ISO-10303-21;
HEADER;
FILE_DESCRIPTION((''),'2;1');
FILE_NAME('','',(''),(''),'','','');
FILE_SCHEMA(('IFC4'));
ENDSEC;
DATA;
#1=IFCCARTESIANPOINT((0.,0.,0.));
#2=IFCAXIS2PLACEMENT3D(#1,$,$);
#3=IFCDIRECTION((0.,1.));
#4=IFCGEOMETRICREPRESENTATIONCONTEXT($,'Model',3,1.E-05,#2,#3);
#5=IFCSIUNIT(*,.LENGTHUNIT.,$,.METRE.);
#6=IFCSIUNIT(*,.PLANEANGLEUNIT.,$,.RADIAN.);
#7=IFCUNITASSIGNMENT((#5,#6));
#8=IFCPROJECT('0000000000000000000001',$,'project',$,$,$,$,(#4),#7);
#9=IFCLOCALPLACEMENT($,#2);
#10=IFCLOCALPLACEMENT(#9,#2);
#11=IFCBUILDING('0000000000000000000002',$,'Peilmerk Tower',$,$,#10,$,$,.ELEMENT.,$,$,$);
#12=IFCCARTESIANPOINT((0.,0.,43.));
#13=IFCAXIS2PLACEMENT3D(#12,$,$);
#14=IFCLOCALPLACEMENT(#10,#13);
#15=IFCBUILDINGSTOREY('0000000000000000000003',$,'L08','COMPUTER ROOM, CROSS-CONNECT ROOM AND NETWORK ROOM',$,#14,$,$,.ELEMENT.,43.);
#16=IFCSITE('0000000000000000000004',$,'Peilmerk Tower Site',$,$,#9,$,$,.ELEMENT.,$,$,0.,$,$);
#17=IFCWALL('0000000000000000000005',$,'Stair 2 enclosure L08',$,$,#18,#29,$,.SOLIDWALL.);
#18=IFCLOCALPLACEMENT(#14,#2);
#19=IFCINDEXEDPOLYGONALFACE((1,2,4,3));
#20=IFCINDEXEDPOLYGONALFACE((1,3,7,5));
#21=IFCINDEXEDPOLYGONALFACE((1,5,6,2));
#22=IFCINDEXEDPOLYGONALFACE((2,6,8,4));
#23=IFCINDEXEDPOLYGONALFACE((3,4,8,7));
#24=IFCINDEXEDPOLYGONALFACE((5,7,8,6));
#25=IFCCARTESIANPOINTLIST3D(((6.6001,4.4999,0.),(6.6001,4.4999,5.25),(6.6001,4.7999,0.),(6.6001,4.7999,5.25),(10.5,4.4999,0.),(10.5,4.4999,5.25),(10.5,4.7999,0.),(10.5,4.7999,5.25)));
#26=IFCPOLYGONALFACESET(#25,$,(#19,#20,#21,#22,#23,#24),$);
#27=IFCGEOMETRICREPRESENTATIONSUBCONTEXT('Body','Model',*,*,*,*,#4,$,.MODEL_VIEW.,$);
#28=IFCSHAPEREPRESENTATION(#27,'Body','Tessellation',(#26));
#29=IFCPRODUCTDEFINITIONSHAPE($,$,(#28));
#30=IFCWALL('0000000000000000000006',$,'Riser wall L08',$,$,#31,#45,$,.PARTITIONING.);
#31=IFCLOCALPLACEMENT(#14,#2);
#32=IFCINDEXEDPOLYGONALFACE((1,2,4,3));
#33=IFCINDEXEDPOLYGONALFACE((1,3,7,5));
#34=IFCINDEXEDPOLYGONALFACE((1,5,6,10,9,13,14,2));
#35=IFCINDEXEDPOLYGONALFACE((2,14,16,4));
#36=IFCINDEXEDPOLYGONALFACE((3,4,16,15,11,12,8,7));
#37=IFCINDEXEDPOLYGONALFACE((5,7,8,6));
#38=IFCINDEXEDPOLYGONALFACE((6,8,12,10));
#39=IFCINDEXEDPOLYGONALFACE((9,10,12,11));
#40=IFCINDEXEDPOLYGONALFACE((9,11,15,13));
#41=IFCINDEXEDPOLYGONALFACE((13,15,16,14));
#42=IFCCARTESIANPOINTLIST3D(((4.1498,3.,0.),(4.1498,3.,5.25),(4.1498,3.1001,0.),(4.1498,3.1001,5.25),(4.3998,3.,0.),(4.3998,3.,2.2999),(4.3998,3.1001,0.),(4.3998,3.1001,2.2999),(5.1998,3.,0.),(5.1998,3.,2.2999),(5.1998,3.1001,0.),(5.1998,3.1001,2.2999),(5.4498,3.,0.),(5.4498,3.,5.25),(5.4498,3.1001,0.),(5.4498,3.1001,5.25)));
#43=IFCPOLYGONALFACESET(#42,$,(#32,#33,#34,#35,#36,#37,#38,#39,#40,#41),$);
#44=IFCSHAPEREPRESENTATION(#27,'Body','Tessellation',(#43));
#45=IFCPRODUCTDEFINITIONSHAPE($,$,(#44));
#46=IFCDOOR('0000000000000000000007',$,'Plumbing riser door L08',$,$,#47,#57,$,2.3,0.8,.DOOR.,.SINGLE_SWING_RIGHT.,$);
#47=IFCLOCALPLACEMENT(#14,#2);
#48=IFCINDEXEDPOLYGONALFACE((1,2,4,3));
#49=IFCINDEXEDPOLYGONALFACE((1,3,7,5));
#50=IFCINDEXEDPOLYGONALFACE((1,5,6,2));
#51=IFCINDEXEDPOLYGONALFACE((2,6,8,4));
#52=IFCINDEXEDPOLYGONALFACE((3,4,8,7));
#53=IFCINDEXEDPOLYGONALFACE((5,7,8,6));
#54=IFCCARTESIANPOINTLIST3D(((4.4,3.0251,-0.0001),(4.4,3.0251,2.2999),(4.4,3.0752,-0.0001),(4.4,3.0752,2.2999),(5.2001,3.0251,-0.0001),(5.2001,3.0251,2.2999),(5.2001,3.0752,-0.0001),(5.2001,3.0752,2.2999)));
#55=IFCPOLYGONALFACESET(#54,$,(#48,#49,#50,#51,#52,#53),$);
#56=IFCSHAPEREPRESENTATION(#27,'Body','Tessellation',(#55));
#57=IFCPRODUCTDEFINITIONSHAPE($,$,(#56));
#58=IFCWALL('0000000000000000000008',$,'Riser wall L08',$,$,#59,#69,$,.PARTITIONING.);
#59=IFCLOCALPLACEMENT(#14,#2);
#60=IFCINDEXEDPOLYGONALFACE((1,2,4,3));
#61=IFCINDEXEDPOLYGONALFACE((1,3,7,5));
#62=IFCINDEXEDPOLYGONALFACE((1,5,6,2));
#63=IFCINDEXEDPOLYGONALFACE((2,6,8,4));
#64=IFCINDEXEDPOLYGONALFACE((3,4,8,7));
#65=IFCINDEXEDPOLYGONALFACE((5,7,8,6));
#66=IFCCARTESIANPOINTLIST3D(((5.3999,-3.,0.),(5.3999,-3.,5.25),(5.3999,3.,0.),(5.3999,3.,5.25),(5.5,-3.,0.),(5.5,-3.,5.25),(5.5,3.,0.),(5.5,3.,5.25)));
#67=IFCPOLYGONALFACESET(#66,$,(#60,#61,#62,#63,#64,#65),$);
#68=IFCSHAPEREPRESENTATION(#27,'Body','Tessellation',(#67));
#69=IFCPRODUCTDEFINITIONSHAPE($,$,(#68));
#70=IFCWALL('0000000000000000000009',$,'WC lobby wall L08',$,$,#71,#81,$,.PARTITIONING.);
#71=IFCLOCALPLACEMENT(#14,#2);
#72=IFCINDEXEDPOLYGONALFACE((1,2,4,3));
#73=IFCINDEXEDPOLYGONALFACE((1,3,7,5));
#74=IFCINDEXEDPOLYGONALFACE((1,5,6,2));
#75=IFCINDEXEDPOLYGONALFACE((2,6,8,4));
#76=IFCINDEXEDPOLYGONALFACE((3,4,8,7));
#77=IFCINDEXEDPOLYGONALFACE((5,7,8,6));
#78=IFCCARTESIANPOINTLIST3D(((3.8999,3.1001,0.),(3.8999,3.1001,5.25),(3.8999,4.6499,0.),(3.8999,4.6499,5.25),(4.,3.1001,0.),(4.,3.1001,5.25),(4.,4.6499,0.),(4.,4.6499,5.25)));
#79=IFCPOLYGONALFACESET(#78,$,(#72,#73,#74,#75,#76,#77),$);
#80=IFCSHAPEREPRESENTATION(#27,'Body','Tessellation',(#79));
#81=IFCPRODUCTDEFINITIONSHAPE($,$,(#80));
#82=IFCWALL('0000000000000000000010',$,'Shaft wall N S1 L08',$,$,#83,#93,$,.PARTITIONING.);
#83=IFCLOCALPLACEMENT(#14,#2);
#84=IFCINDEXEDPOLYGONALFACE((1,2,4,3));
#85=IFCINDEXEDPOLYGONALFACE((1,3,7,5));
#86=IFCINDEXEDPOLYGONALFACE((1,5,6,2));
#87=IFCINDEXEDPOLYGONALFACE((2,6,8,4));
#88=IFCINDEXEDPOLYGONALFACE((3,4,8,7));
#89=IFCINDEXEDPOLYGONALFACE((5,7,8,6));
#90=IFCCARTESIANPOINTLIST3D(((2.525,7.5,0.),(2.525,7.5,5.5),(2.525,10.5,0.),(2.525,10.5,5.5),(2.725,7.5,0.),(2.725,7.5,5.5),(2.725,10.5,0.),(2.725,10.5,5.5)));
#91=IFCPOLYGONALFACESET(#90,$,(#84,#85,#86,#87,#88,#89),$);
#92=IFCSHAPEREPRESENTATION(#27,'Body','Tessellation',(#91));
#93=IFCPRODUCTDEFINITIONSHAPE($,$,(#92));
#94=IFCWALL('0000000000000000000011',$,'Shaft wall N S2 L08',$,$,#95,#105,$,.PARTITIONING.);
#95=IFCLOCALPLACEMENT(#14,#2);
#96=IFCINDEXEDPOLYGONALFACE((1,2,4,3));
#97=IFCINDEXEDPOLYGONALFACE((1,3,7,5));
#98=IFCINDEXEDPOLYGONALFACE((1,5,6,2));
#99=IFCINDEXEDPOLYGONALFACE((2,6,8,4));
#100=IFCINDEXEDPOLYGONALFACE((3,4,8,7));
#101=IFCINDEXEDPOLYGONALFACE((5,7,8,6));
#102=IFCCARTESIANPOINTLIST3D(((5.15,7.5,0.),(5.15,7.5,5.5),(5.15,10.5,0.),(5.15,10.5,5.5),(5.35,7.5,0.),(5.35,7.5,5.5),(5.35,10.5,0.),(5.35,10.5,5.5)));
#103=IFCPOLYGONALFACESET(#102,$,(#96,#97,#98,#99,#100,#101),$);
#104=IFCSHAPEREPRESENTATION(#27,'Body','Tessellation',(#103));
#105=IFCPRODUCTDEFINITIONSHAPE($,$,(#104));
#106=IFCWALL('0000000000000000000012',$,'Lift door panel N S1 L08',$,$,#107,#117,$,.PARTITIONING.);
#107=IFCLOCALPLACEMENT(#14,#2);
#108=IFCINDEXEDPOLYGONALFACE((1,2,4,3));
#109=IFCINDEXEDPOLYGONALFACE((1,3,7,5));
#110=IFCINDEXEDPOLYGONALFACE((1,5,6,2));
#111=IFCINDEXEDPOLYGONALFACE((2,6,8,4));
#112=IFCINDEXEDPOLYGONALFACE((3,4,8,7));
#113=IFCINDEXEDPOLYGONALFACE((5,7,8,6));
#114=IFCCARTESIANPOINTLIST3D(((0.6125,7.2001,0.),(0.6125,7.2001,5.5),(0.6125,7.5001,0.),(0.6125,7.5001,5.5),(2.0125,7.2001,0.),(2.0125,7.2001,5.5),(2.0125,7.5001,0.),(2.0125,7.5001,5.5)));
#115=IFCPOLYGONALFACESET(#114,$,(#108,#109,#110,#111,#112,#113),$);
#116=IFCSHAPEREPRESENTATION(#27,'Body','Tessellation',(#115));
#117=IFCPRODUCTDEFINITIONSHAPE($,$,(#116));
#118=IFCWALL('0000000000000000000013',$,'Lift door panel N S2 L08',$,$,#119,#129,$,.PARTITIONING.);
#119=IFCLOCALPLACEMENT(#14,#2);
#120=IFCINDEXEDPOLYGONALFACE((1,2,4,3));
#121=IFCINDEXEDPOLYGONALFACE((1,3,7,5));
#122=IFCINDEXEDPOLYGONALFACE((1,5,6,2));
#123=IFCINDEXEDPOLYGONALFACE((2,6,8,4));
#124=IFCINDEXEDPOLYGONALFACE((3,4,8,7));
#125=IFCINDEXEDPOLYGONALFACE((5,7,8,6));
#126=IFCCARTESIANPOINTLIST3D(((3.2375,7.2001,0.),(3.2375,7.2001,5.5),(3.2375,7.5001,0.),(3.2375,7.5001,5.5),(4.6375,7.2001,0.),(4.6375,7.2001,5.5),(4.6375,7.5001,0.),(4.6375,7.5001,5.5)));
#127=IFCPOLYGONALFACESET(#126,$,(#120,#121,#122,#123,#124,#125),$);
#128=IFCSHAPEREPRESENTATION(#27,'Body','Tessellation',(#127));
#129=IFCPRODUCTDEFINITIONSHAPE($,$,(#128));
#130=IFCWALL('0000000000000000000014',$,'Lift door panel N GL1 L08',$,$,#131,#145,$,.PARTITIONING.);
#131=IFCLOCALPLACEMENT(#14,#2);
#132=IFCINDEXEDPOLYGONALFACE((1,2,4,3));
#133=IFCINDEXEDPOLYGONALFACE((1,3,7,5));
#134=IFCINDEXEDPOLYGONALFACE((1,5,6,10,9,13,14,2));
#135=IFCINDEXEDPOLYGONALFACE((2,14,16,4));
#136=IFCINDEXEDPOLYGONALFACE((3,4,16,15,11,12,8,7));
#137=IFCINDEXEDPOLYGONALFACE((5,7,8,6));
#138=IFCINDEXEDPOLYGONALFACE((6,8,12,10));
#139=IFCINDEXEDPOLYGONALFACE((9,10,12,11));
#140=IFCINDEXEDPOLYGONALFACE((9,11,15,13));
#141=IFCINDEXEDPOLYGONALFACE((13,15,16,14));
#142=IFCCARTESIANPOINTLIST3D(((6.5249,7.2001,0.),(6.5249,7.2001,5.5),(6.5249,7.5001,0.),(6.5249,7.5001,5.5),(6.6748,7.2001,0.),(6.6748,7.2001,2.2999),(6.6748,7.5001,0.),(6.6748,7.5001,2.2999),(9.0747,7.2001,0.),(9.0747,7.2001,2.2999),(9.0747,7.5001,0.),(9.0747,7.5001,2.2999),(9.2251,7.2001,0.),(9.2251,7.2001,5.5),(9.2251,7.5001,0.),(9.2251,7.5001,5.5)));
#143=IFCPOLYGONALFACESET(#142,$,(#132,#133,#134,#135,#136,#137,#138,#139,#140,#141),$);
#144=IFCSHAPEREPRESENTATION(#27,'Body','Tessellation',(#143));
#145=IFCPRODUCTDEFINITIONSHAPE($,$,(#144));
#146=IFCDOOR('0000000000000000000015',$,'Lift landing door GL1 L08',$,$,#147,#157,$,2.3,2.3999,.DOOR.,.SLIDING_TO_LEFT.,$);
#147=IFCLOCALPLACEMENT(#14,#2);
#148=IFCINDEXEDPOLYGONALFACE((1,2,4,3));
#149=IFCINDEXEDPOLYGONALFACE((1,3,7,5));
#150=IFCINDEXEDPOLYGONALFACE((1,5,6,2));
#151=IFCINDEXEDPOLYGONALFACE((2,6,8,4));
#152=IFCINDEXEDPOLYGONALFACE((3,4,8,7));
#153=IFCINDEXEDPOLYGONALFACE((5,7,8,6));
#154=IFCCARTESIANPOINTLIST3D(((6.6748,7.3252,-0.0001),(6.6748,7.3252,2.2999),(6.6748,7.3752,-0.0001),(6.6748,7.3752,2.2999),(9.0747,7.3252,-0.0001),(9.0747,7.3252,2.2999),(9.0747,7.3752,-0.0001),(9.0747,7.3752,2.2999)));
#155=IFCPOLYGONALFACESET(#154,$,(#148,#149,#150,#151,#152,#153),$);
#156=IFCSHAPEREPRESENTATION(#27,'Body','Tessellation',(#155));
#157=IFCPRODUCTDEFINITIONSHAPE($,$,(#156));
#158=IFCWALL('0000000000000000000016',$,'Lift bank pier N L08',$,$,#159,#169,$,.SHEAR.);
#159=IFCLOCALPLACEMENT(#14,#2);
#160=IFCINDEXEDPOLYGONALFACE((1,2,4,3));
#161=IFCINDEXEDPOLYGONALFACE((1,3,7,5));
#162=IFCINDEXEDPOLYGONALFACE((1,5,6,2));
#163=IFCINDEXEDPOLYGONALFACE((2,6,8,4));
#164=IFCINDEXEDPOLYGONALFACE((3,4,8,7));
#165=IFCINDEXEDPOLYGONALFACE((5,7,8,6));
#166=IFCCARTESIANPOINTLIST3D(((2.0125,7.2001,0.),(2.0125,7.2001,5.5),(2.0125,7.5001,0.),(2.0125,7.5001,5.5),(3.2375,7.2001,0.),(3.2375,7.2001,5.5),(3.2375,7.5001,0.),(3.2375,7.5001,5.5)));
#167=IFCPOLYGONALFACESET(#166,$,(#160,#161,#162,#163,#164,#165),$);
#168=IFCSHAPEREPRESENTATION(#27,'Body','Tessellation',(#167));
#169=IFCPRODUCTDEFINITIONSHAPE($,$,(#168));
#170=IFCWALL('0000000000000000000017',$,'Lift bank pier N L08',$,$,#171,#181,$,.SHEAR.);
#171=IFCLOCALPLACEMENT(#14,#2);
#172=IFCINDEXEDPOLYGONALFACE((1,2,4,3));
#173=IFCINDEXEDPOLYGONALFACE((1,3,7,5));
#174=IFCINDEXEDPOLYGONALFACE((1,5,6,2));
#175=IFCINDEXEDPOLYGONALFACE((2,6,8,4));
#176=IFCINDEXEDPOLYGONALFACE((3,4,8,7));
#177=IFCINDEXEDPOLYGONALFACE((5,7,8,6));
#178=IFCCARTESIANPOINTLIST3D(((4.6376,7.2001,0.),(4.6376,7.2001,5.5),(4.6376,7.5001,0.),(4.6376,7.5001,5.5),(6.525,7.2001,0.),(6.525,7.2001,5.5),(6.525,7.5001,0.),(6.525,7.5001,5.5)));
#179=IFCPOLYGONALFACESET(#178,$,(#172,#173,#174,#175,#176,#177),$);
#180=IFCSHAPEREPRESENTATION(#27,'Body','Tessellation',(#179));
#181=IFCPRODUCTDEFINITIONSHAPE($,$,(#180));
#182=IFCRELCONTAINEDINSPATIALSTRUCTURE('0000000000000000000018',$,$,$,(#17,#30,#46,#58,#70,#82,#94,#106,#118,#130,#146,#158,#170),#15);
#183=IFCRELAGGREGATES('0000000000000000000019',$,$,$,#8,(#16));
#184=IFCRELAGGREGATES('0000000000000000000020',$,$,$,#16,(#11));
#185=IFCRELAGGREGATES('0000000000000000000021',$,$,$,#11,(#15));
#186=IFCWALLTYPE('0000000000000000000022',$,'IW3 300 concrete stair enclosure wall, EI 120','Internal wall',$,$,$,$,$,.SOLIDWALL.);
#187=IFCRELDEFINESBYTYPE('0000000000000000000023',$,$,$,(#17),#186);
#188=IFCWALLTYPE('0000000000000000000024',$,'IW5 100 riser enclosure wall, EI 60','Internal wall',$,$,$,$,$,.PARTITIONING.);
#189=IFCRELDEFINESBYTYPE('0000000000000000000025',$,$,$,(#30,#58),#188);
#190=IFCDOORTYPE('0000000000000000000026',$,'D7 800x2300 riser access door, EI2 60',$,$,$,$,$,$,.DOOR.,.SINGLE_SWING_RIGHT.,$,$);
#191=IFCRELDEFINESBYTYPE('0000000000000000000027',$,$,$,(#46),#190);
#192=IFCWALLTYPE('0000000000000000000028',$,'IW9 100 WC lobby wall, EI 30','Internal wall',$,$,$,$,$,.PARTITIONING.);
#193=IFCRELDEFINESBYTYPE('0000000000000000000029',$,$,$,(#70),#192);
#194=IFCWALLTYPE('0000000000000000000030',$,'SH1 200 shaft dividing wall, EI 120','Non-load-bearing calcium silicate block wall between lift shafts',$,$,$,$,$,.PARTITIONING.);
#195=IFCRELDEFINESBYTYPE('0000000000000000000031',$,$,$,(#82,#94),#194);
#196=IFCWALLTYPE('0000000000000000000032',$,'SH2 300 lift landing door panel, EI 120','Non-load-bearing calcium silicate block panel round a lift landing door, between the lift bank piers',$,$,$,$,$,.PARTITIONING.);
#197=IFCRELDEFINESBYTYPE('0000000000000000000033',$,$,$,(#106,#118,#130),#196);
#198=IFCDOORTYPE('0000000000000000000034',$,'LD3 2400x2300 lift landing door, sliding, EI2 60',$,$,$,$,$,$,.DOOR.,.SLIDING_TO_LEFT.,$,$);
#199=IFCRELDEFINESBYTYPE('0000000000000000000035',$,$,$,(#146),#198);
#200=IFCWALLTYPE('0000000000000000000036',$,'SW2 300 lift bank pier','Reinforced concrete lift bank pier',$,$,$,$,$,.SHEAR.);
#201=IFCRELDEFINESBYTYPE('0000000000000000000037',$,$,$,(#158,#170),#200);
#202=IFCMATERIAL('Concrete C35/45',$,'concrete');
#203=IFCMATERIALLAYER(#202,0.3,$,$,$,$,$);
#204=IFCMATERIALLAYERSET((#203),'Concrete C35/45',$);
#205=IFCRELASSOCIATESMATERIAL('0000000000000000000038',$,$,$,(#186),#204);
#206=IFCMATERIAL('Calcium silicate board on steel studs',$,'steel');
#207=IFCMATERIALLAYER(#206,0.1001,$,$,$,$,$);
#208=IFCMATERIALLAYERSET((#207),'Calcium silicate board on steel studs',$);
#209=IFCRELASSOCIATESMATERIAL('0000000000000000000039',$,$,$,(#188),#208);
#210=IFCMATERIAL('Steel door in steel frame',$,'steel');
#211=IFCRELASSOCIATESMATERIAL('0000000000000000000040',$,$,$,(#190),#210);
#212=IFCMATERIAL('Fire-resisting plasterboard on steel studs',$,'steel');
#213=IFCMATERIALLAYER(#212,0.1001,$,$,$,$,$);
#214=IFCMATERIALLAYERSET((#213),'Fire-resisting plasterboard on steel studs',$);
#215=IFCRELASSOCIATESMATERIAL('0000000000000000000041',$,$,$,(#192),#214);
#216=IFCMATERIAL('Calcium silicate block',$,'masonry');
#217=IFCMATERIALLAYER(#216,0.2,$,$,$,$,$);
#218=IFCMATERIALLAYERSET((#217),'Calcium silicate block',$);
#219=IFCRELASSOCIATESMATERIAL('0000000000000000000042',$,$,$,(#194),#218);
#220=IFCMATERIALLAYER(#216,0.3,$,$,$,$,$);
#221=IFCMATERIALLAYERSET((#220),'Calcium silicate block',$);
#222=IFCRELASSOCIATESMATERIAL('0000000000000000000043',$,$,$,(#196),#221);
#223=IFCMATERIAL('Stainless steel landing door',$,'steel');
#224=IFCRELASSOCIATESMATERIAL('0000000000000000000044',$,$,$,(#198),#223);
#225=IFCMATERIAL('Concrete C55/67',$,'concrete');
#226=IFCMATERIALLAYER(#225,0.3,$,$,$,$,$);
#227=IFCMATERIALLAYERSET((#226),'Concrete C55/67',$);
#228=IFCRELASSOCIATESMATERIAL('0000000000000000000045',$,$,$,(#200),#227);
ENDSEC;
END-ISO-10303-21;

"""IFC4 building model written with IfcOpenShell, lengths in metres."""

from ifc_helpers import new_model, si_unit, direction, frame, frame_2d, origin, place, context, subcontext, project, spatial, rectangle, extrude, material, layer, layer_set, type_object, element, fill, save


model = new_model("IFC4")

# Units and contexts
model_context = context("Model", 3, precision=1e-05, world=origin(), true_north=direction((0.0, 1.0)))
body_context = subcontext(model_context, "Body", "Model", "MODEL_VIEW")
ifc_project = project(units=[si_unit("LENGTHUNIT", "METRE"), si_unit("PLANEANGLEUNIT", "RADIAN")], contexts=[model_context])

# Site, building, storey
site_placement = place(None, origin())
site = spatial("IfcSite", under=ifc_project, at=site_placement, Name="Peilmerk Tower Site", CompositionType="ELEMENT", RefElevation=0.0)
building_placement = place(site_placement, origin())
building = spatial("IfcBuilding", under=site, at=building_placement, Name="Peilmerk Tower", CompositionType="ELEMENT")
storey_placement = place(building_placement, frame((0.0, 0.0, 43.0)))
storey = spatial("IfcBuildingStorey", under=building, at=storey_placement, Name="L08", Description="COMPUTER ROOM, CROSS-CONNECT ROOM AND NETWORK ROOM", CompositionType="ELEMENT", Elevation=43.0)

# Wall
ifc_material_1 = material(Name="Concrete C35/45", Category="concrete")
ifc_layer_1 = layer(ifc_material_1, 0.3)
ifc_layer_set_1 = layer_set([ifc_layer_1], Name="Concrete C35/45")
wall_type_1 = type_object("IfcWallType", Name="IW3 300 concrete stair enclosure wall, EI 120", Description="Internal wall", PredefinedType="SOLIDWALL", material=ifc_layer_set_1)
wall_1_placement = place(storey_placement, frame((6.6001, 4.6499, 0.0), z_axis=(0.0, 0.0, 1.0), x_axis=(1.0, 0.0, 0.0)))
element("IfcWall", 1, at=wall_1_placement, inside=storey, type_object=wall_type_1, Name="Stair 2 enclosure L08", PredefinedType="SOLIDWALL", context=body_context, shape_type="SweptSolid", body=[
    extrude(rectangle(XDim=3.8999, YDim=0.3, at=frame_2d((1.95, 0.0))), origin(), (0.0, 0.0, 1.0), 5.25),
])

# Wall, opening, door
ifc_material_2 = material(Name="Calcium silicate board on steel studs", Category="steel")
ifc_layer_2 = layer(ifc_material_2, 0.1001)
ifc_layer_set_2 = layer_set([ifc_layer_2], Name="Calcium silicate board on steel studs")
wall_type_2 = type_object("IfcWallType", Name="IW5 100 riser enclosure wall, EI 60", Description="Internal wall", PredefinedType="PARTITIONING", material=ifc_layer_set_2)
wall_2_placement = place(storey_placement, frame((4.1499, 3.05, 0.0), z_axis=(0.0, 0.0, 1.0), x_axis=(1.0, 0.0, 0.0)))
wall_2 = element("IfcWall", 2, at=wall_2_placement, inside=storey, type_object=wall_type_2, Name="Riser wall L08", PredefinedType="PARTITIONING", context=body_context, shape_type="SweptSolid", body=[
    extrude(rectangle(XDim=1.3, YDim=0.1001, at=frame_2d((0.6499, 0.0))), origin(), (0.0, 0.0, 1.0), 5.25),
])
opening_1_placement = place(wall_2_placement, frame((0.25, 0.0, 0.0)))
opening_1 = element("IfcOpeningElement", 3, at=opening_1_placement, cuts=wall_2, PredefinedType="OPENING", context=body_context, shape_type="SweptSolid", body=[
    extrude(rectangle(XDim=0.8, YDim=2.3, at=frame_2d((0.3999, 1.1499))), frame((0.0, 0.0601, 0.0), z_axis=(0.0, -1.0, 0.0), x_axis=(1.0, 0.0, 0.0)), (0.0, 0.0, 1.0), 0.1201),
])
ifc_material_3 = material(Name="Steel door in steel frame", Category="steel")
door_type_1 = type_object("IfcDoorType", Name="D7 800x2300 riser access door, EI2 60", OperationType="SINGLE_SWING_RIGHT", PredefinedType="DOOR", material=ifc_material_3)
door_1_placement = place(opening_1_placement, frame((0.8, 0.0, 0.0), z_axis=(0.0, 0.0, 1.0), x_axis=(-1.0, 0.0, 0.0)))
door_1 = element("IfcDoor", 4, at=door_1_placement, inside=storey, type_object=door_type_1, Name="Plumbing riser door L08", OperationType="SINGLE_SWING_RIGHT", OverallHeight=2.3, OverallWidth=0.8, PredefinedType="DOOR", context=body_context, shape_type="SweptSolid", body=[
    extrude(rectangle(XDim=0.8, YDim=2.3, at=frame_2d((0.3999, 1.1499))), frame((0.0, 0.0249, 0.0), z_axis=(0.0, -1.0, 0.0), x_axis=(1.0, 0.0, 0.0)), (0.0, 0.0, 1.0), 0.05),
])
fill(opening_1, door_1)

# Walls
wall_3_placement = place(storey_placement, frame((5.45, 3.0, 0.0), z_axis=(0.0, 0.0, 1.0), x_axis=(0.0, -1.0, 0.0)))
element("IfcWall", 5, at=wall_3_placement, inside=storey, type_object=wall_type_2, Name="Riser wall L08", PredefinedType="PARTITIONING", context=body_context, shape_type="SweptSolid", body=[
    extrude(rectangle(XDim=6.0, YDim=0.1001, at=frame_2d((3.0, 0.0))), origin(), (0.0, 0.0, 1.0), 5.25),
])
ifc_material_4 = material(Name="Fire-resisting plasterboard on steel studs", Category="steel")
ifc_layer_3 = layer(ifc_material_4, 0.1001)
ifc_layer_set_3 = layer_set([ifc_layer_3], Name="Fire-resisting plasterboard on steel studs")
wall_type_3 = type_object("IfcWallType", Name="IW9 100 WC lobby wall, EI 30", Description="Internal wall", PredefinedType="PARTITIONING", material=ifc_layer_set_3)
wall_4_placement = place(storey_placement, frame((3.95, 3.1001, 0.0), z_axis=(0.0, 0.0, 1.0), x_axis=(0.0, 1.0, 0.0)))
element("IfcWall", 6, at=wall_4_placement, inside=storey, type_object=wall_type_3, Name="WC lobby wall L08", PredefinedType="PARTITIONING", context=body_context, shape_type="SweptSolid", body=[
    extrude(rectangle(XDim=1.5498, YDim=0.1001, at=frame_2d((0.7749, 0.0))), origin(), (0.0, 0.0, 1.0), 5.25),
])
ifc_material_5 = material(Name="Calcium silicate block", Category="masonry")
ifc_layer_4 = layer(ifc_material_5, 0.2)
ifc_layer_set_4 = layer_set([ifc_layer_4], Name="Calcium silicate block")
wall_type_4 = type_object("IfcWallType", Name="SH1 200 shaft dividing wall, EI 120", Description="Non-load-bearing calcium silicate block wall between lift shafts", PredefinedType="PARTITIONING", material=ifc_layer_set_4)
for number, where, z_axis, x_axis, name in (
    (7, (2.625, 7.5, 0.0), (0.0, 0.0, 1.0), (0.0, 1.0, 0.0), "Shaft wall N S1 L08"),
    (8, (5.25, 7.5, 0.0), (0.0, 0.0, 1.0), (0.0, 1.0, 0.0), "Shaft wall N S2 L08"),
):
    element("IfcWall", number, at=place(storey_placement, frame(where, z_axis=z_axis, x_axis=x_axis)), inside=storey, type_object=wall_type_4, Name=name, PredefinedType="PARTITIONING", context=body_context, shape_type="SweptSolid", body=[
        extrude(rectangle(XDim=3.0, YDim=0.2, at=frame_2d((1.5, 0.0))), origin(), (0.0, 0.0, 1.0), 5.5),
    ])
ifc_layer_5 = layer(ifc_material_5, 0.3)
ifc_layer_set_5 = layer_set([ifc_layer_5], Name="Calcium silicate block")
wall_type_5 = type_object("IfcWallType", Name="SH2 300 lift landing door panel, EI 120", Description="Non-load-bearing calcium silicate block panel round a lift landing door, between the lift bank piers", PredefinedType="PARTITIONING", material=ifc_layer_set_5)
for number, where, z_axis, x_axis, name in (
    (9, (0.6125, 7.3501, 0.0), (0.0, 0.0, 1.0), (1.0, 0.0, 0.0), "Lift door panel N S1 L08"),
    (10, (3.2375, 7.3501, 0.0), (0.0, 0.0, 1.0), (1.0, 0.0, 0.0), "Lift door panel N S2 L08"),
):
    element("IfcWall", number, at=place(storey_placement, frame(where, z_axis=z_axis, x_axis=x_axis)), inside=storey, type_object=wall_type_5, Name=name, PredefinedType="PARTITIONING", context=body_context, shape_type="SweptSolid", body=[
        extrude(rectangle(XDim=1.3999, YDim=0.3, at=frame_2d((0.7, 0.0))), origin(), (0.0, 0.0, 1.0), 5.5),
    ])

# Wall, opening, door
wall_5_placement = place(storey_placement, frame((6.5249, 7.3501, 0.0), z_axis=(0.0, 0.0, 1.0), x_axis=(1.0, 0.0, 0.0)))
wall_5 = element("IfcWall", 11, at=wall_5_placement, inside=storey, type_object=wall_type_5, Name="Lift door panel N GL1 L08", PredefinedType="PARTITIONING", context=body_context, shape_type="SweptSolid", body=[
    extrude(rectangle(XDim=2.7002, YDim=0.3, at=frame_2d((1.3501, 0.0))), origin(), (0.0, 0.0, 1.0), 5.5),
])
opening_2_placement = place(wall_5_placement, frame((0.1499, 0.0, 0.0)))
opening_2 = element("IfcOpeningElement", 12, at=opening_2_placement, cuts=wall_5, PredefinedType="OPENING", context=body_context, shape_type="SweptSolid", body=[
    extrude(rectangle(XDim=2.3999, YDim=2.3, at=frame_2d((1.2, 1.1499))), frame((0.0, 0.1599, 0.0), z_axis=(0.0, -1.0, 0.0), x_axis=(1.0, 0.0, 0.0)), (0.0, 0.0, 1.0), 0.3201),
])
ifc_material_6 = material(Name="Stainless steel landing door", Category="steel")
door_type_2 = type_object("IfcDoorType", Name="LD3 2400x2300 lift landing door, sliding, EI2 60", OperationType="SLIDING_TO_LEFT", PredefinedType="DOOR", material=ifc_material_6)
door_2_placement = place(opening_2_placement, frame((2.3999, 0.0, 0.0), z_axis=(0.0, 0.0, 1.0), x_axis=(-1.0, 0.0, 0.0)))
door_2 = element("IfcDoor", 13, at=door_2_placement, inside=storey, type_object=door_type_2, Name="Lift landing door GL1 L08", OperationType="SLIDING_TO_LEFT", OverallHeight=2.3, OverallWidth=2.3999, PredefinedType="DOOR", context=body_context, shape_type="SweptSolid", body=[
    extrude(rectangle(XDim=2.3999, YDim=2.3, at=frame_2d((1.2, 1.1499))), frame((0.0, 0.0249, 0.0), z_axis=(0.0, -1.0, 0.0), x_axis=(1.0, 0.0, 0.0)), (0.0, 0.0, 1.0), 0.05),
])
fill(opening_2, door_2)

# Walls
ifc_material_7 = material(Name="Concrete C55/67", Category="concrete")
ifc_layer_6 = layer(ifc_material_7, 0.3)
ifc_layer_set_6 = layer_set([ifc_layer_6], Name="Concrete C55/67")
wall_type_6 = type_object("IfcWallType", Name="SW2 300 lift bank pier", Description="Reinforced concrete lift bank pier", PredefinedType="SHEAR", material=ifc_layer_set_6)
wall_6_placement = place(storey_placement, frame((2.0125, 7.3501, 0.0), z_axis=(0.0, 0.0, 1.0), x_axis=(1.0, 0.0, 0.0)))
element("IfcWall", 14, at=wall_6_placement, inside=storey, type_object=wall_type_6, Name="Lift bank pier N L08", PredefinedType="SHEAR", context=body_context, shape_type="SweptSolid", body=[
    extrude(rectangle(XDim=1.2251, YDim=0.3, at=frame_2d((0.6125, 0.0))), origin(), (0.0, 0.0, 1.0), 5.5),
])
wall_7_placement = place(storey_placement, frame((4.6375, 7.3501, 0.0), z_axis=(0.0, 0.0, 1.0), x_axis=(1.0, 0.0, 0.0)))
element("IfcWall", 15, at=wall_7_placement, inside=storey, type_object=wall_type_6, Name="Lift bank pier N L08", PredefinedType="SHEAR", context=body_context, shape_type="SweptSolid", body=[
    extrude(rectangle(XDim=1.8875, YDim=0.3, at=frame_2d((0.9438, 0.0))), origin(), (0.0, 0.0, 1.0), 5.5),
])

save(model, "model.ifc")
